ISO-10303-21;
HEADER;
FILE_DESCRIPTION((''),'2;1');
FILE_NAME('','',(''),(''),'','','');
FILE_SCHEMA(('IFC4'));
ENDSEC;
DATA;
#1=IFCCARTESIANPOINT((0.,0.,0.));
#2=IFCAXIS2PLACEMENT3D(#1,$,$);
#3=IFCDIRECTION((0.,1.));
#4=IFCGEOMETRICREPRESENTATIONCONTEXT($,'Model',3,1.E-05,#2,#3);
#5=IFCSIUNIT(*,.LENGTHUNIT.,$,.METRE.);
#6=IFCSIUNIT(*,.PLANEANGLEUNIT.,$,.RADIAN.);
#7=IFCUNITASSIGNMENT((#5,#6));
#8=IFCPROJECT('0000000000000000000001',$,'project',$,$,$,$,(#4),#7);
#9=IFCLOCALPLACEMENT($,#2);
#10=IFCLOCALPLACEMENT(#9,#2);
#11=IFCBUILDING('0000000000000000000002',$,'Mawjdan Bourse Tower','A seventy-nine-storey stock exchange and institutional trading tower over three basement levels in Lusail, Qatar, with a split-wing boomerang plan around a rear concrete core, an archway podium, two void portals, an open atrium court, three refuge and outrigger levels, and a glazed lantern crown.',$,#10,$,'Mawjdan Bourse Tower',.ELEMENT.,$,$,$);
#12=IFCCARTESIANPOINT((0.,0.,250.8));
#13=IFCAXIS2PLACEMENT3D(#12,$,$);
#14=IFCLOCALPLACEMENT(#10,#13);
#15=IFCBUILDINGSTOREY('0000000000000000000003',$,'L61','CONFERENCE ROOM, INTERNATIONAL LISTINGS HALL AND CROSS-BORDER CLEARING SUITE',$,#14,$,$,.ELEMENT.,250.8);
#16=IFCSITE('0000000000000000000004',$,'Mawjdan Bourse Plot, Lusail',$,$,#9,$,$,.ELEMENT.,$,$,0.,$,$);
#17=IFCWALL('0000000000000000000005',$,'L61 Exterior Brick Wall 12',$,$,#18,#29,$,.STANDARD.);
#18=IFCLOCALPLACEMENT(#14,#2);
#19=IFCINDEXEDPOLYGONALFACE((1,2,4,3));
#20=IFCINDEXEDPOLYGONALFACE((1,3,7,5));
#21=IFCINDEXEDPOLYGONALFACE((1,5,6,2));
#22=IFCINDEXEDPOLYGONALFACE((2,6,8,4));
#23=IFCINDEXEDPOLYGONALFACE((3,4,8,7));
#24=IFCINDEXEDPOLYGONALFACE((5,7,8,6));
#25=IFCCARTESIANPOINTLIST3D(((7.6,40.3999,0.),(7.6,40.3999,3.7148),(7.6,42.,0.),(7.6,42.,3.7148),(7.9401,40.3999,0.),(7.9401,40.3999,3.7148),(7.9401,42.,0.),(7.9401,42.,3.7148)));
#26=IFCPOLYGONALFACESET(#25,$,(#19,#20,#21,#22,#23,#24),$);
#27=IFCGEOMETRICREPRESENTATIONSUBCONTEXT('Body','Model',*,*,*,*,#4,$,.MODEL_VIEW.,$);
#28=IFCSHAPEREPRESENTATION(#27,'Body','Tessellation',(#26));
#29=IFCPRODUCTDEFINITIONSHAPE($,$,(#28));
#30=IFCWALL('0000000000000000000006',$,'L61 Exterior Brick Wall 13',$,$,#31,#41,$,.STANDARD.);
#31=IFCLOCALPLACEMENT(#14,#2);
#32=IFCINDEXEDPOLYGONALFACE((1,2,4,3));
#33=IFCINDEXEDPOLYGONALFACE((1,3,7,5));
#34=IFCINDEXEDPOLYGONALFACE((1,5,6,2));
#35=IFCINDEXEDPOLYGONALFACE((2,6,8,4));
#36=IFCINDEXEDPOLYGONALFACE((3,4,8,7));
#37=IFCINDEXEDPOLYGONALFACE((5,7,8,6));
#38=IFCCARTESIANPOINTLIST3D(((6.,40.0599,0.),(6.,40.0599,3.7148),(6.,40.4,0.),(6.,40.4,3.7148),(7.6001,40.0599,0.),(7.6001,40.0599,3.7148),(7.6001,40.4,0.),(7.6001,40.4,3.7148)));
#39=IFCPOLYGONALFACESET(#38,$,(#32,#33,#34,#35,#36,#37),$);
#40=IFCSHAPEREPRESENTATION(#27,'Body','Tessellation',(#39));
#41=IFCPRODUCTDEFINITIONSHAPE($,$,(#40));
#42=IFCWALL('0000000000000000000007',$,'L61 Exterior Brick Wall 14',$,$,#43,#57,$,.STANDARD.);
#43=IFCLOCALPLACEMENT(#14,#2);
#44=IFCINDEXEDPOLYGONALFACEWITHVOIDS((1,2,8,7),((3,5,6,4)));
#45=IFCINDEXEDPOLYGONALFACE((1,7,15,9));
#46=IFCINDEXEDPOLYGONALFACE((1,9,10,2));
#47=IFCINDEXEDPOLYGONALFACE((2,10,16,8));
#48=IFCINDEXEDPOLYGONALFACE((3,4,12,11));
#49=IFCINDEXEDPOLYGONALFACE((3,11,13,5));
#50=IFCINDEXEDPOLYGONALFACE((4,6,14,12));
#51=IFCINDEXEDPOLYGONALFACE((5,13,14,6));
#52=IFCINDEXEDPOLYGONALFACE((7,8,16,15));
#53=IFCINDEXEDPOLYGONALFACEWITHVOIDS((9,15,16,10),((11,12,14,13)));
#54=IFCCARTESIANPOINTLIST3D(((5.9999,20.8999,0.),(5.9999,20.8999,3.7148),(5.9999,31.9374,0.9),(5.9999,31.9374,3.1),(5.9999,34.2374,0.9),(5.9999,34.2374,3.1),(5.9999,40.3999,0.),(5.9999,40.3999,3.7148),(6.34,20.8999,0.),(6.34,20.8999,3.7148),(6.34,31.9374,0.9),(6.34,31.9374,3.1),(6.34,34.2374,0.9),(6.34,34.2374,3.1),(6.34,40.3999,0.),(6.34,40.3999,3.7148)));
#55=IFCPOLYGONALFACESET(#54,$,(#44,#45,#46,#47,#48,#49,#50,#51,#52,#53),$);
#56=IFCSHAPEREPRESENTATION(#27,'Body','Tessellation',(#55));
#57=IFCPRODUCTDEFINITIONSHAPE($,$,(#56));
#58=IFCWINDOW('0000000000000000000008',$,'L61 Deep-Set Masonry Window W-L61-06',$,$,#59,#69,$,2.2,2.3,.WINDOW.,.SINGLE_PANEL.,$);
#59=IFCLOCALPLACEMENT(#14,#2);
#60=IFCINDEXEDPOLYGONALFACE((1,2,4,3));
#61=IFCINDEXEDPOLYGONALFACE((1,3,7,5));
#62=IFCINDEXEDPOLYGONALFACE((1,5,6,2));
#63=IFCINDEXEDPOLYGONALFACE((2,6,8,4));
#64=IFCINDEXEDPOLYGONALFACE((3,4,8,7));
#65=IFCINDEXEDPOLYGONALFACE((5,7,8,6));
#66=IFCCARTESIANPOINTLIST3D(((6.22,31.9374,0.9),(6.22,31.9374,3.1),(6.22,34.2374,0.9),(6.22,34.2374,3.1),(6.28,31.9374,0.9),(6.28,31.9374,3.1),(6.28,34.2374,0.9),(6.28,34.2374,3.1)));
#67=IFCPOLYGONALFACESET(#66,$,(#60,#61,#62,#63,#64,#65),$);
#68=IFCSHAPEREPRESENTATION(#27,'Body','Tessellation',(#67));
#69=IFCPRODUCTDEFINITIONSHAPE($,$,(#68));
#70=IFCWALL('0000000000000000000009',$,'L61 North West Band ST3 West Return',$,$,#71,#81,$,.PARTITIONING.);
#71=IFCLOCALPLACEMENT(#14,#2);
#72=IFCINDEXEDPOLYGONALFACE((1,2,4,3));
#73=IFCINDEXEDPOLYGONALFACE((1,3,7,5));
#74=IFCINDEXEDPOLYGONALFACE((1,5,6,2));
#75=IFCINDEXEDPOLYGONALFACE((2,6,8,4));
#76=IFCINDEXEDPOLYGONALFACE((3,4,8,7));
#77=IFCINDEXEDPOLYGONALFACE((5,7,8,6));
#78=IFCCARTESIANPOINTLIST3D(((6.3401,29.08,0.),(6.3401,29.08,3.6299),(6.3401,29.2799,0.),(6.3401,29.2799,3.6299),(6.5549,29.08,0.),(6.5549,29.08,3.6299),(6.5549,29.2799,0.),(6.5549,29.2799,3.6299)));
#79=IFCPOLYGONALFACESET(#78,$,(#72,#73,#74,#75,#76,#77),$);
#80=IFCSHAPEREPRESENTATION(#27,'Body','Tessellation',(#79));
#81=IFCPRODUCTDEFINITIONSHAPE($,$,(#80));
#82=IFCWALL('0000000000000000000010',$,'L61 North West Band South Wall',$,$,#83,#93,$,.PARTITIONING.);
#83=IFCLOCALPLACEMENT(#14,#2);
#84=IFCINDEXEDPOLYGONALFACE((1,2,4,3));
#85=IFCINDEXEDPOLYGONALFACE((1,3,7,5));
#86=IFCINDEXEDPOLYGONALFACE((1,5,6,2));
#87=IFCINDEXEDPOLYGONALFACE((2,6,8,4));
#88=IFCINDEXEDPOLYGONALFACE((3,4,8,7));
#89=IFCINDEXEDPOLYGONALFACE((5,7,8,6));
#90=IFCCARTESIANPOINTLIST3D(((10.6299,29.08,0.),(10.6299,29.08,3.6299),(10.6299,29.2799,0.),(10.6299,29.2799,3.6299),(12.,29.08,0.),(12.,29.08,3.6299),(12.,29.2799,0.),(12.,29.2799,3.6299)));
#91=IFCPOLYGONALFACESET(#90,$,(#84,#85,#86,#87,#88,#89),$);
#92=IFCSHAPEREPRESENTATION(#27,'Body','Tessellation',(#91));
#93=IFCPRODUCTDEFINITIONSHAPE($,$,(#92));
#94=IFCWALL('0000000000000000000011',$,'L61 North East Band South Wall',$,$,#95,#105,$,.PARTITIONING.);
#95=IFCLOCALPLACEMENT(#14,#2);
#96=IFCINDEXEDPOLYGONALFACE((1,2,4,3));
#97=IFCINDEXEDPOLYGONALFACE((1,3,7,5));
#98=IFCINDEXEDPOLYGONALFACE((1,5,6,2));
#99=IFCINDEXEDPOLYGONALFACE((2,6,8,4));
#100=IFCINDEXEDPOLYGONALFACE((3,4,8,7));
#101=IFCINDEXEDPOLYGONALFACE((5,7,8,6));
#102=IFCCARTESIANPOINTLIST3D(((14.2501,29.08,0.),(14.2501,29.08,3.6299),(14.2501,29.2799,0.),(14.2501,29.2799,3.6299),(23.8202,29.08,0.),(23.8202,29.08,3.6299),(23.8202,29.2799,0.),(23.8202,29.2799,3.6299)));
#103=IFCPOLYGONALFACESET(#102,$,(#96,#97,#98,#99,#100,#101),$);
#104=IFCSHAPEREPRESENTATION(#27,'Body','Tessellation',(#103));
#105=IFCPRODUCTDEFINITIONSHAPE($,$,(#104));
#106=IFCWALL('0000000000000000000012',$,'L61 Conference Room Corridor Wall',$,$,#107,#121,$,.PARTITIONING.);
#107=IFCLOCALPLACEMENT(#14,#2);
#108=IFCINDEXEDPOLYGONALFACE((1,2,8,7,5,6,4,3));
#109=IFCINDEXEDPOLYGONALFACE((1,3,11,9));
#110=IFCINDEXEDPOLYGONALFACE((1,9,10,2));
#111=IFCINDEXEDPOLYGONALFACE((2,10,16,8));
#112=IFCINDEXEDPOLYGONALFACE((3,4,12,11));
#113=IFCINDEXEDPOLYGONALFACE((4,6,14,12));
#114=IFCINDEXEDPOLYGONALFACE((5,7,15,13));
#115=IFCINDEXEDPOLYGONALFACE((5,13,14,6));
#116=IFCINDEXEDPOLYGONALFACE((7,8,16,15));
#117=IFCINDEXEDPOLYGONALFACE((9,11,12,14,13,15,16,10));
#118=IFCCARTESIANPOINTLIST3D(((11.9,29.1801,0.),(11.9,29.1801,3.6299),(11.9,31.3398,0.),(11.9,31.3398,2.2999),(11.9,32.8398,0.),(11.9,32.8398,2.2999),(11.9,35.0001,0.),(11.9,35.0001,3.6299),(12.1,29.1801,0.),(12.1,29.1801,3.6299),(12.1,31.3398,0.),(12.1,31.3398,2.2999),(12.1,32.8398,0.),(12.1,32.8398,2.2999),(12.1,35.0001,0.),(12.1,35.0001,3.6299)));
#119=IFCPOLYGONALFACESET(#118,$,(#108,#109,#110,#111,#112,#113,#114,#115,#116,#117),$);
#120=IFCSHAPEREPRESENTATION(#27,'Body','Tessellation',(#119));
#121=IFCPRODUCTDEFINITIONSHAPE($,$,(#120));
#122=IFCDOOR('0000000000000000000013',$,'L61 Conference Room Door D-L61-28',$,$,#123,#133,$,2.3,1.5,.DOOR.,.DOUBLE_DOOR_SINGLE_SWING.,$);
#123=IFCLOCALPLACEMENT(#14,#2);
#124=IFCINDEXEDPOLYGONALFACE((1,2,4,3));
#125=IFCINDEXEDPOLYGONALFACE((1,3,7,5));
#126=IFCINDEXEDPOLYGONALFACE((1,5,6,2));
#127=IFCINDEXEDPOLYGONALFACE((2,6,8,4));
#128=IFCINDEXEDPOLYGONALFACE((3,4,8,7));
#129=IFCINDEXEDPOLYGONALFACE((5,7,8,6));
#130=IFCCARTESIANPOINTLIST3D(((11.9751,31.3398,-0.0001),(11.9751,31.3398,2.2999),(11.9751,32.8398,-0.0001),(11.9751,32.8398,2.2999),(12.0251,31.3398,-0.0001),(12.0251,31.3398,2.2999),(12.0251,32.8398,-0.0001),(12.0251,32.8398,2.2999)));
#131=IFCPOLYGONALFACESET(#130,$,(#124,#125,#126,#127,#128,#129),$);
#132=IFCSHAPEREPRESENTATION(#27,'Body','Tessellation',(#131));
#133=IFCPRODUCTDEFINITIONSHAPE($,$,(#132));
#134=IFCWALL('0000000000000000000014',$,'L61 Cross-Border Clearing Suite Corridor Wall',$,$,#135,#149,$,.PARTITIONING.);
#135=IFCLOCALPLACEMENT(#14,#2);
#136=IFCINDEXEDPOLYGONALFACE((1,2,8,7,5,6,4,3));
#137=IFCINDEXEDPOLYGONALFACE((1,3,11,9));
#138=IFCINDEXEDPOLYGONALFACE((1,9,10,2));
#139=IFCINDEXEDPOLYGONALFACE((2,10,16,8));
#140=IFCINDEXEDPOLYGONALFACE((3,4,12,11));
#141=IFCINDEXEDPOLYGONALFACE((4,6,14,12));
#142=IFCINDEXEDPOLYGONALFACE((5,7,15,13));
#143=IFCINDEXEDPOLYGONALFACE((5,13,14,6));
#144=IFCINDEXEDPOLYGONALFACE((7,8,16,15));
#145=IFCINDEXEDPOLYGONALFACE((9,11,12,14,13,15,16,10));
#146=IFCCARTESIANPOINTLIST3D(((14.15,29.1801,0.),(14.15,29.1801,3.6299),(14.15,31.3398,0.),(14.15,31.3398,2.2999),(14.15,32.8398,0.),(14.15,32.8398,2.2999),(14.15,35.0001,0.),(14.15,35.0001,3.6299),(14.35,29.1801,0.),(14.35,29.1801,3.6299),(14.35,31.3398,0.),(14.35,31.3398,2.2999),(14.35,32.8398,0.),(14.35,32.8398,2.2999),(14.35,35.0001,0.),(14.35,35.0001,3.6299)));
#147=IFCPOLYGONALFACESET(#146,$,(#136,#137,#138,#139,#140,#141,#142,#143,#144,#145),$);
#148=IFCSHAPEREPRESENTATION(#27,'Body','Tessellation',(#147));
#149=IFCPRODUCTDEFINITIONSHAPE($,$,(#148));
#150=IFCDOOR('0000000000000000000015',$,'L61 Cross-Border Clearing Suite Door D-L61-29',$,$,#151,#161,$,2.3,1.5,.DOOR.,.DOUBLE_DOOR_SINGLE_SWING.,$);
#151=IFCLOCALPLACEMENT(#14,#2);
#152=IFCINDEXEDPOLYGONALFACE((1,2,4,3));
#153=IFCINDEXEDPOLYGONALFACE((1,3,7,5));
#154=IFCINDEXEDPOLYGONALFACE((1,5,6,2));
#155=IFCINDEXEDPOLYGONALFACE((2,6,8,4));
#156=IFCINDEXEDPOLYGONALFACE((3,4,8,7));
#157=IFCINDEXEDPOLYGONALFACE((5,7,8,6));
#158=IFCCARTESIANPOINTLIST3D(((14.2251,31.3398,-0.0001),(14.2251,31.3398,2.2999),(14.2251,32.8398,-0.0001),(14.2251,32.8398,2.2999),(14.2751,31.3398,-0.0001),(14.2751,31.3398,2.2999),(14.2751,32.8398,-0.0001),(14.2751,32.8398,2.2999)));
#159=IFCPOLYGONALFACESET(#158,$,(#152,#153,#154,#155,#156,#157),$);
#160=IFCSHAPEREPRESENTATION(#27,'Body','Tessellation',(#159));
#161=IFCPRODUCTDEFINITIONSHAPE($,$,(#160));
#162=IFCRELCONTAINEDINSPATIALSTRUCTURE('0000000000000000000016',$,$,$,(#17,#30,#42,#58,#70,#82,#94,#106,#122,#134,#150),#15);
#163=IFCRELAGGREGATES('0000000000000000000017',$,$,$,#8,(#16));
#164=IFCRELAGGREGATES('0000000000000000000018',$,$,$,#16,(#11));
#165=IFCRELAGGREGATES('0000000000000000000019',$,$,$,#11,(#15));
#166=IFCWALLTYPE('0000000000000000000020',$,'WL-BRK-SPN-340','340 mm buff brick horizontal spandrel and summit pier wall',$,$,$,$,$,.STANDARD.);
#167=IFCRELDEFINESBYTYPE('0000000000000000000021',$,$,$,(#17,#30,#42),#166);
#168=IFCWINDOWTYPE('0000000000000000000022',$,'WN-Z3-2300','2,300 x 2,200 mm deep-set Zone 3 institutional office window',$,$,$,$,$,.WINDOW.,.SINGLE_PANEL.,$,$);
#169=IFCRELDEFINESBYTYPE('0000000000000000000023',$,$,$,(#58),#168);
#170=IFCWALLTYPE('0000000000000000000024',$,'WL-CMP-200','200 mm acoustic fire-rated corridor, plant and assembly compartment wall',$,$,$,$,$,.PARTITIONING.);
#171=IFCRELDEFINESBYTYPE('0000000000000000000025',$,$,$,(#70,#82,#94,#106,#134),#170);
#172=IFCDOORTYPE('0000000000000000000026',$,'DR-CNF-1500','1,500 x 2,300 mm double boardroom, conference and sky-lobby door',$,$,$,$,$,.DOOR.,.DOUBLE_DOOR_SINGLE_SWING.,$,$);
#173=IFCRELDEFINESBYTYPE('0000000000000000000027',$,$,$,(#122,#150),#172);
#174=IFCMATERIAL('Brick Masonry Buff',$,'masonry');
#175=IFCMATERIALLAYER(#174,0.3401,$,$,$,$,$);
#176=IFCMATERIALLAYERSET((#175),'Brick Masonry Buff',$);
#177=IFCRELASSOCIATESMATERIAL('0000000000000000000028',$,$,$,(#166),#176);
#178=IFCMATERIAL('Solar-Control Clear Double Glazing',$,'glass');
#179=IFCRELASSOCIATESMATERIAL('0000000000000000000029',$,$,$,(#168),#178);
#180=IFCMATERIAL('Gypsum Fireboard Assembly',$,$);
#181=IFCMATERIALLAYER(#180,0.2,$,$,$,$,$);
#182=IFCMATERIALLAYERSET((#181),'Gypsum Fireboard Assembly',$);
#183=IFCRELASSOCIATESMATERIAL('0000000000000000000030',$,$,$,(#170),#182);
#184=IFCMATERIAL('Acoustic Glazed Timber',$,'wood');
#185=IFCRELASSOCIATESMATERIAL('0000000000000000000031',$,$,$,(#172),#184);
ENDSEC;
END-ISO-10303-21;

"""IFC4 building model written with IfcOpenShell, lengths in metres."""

from ifc_helpers import new_model, si_unit, direction, frame, frame_2d, origin, place, context, subcontext, project, spatial, rectangle, extrude, material, layer, layer_set, type_object, element, fill, save


model = new_model("IFC4")

# Units and contexts
model_context = context("Model", 3, precision=1e-05, world=origin(), true_north=direction((0.0, 1.0)))
body_context = subcontext(model_context, "Body", "Model", "MODEL_VIEW")
ifc_project = project(units=[si_unit("LENGTHUNIT", "METRE"), si_unit("PLANEANGLEUNIT", "RADIAN")], contexts=[model_context])

# Site, building, storey
site_placement = place(None, origin())
site = spatial("IfcSite", under=ifc_project, at=site_placement, Name="Mawjdan Bourse Plot, Lusail", CompositionType="ELEMENT", RefElevation=0.0)
building_placement = place(site_placement, origin())
building = spatial("IfcBuilding", under=site, at=building_placement, Name="Mawjdan Bourse Tower", Description="A seventy-nine-storey stock exchange and institutional trading tower over three basement levels in Lusail, Qatar, with a split-wing boomerang plan around a rear concrete core, an archway podium, two void portals, an open atrium court, three refuge and outrigger levels, and a glazed lantern crown.", LongName="Mawjdan Bourse Tower", CompositionType="ELEMENT")
storey_placement = place(building_placement, frame((0.0, 0.0, 250.8)))
storey = spatial("IfcBuildingStorey", under=building, at=storey_placement, Name="L61", Description="CONFERENCE ROOM, INTERNATIONAL LISTINGS HALL AND CROSS-BORDER CLEARING SUITE", CompositionType="ELEMENT", Elevation=250.8)

# Walls
ifc_material_1 = material(Name="Brick Masonry Buff", Category="masonry")
ifc_layer_1 = layer(ifc_material_1, 0.3401)
ifc_layer_set_1 = layer_set([ifc_layer_1], Name="Brick Masonry Buff")
wall_type_1 = type_object("IfcWallType", Name="WL-BRK-SPN-340", Description="340 mm buff brick horizontal spandrel and summit pier wall", PredefinedType="STANDARD", material=ifc_layer_set_1)
for number, where, z_axis, x_axis, name in (
    (1, (7.77, 42.0, 0.0), (0.0, 0.0, 1.0), (0.0, -1.0, 0.0), "L61 Exterior Brick Wall 12"),
    (2, (7.6001, 40.23, 0.0), (0.0, 0.0, 1.0), (-1.0, 0.0, 0.0), "L61 Exterior Brick Wall 13"),
):
    element("IfcWall", number, at=place(storey_placement, frame(where, z_axis=z_axis, x_axis=x_axis)), inside=storey, type_object=wall_type_1, Name=name, PredefinedType="STANDARD", context=body_context, shape_type="SweptSolid", body=[
        extrude(rectangle(XDim=1.6001, YDim=0.3401, at=frame_2d((0.8, 0.0))), origin(), (0.0, 0.0, 1.0), 3.7148),
    ])

# Wall, opening, window
wall_1_placement = place(storey_placement, frame((6.1699, 40.3999, 0.0), z_axis=(0.0, 0.0, 1.0), x_axis=(0.0, -1.0, 0.0)))
wall_1 = element("IfcWall", 3, at=wall_1_placement, inside=storey, type_object=wall_type_1, Name="L61 Exterior Brick Wall 14", PredefinedType="STANDARD", context=body_context, shape_type="SweptSolid", body=[
    extrude(rectangle(XDim=19.5, YDim=0.3401, at=frame_2d((9.75, 0.0))), origin(), (0.0, 0.0, 1.0), 3.7148),
])
opening_1_placement = place(wall_1_placement, frame((6.1626, 0.0, 0.8999)))
opening_1 = element("IfcOpeningElement", 4, at=opening_1_placement, cuts=wall_1, PredefinedType="OPENING", context=body_context, shape_type="SweptSolid", body=[
    extrude(rectangle(XDim=2.3, YDim=2.2, at=frame_2d((1.1499, 1.1001))), frame((0.0, 0.1802, 0.0), z_axis=(0.0, -1.0, 0.0), x_axis=(1.0, 0.0, 0.0)), (0.0, 0.0, 1.0), 0.3601),
])
ifc_material_2 = material(Name="Solar-Control Clear Double Glazing", Category="glass")
window_type = type_object("IfcWindowType", Name="WN-Z3-2300", Description="2,300 x 2,200 mm deep-set Zone 3 institutional office window", PartitioningType="SINGLE_PANEL", PredefinedType="WINDOW", material=ifc_material_2)
window_placement = place(opening_1_placement, origin())
window = element("IfcWindow", 5, at=window_placement, inside=storey, type_object=window_type, Name="L61 Deep-Set Masonry Window W-L61-06", OverallHeight=2.2, OverallWidth=2.3, PartitioningType="SINGLE_PANEL", PredefinedType="WINDOW", context=body_context, shape_type="SweptSolid", body=[
    extrude(rectangle(XDim=2.3, YDim=2.2, at=frame_2d((1.1499, 1.1001))), frame((0.0, 0.1101, 0.0), z_axis=(0.0, -1.0, 0.0), x_axis=(1.0, 0.0, 0.0)), (0.0, 0.0, 1.0), 0.0601),
])
fill(opening_1, window)

# Walls
ifc_material_3 = material(Name="Gypsum Fireboard Assembly")
ifc_layer_2 = layer(ifc_material_3, 0.2)
ifc_layer_set_2 = layer_set([ifc_layer_2], Name="Gypsum Fireboard Assembly")
wall_type_2 = type_object("IfcWallType", Name="WL-CMP-200", Description="200 mm acoustic fire-rated corridor, plant and assembly compartment wall", PredefinedType="PARTITIONING", material=ifc_layer_set_2)
wall_2_placement = place(storey_placement, frame((6.3401, 29.1799, 0.0), z_axis=(0.0, 0.0, 1.0), x_axis=(1.0, 0.0, 0.0)))
element("IfcWall", 6, at=wall_2_placement, inside=storey, type_object=wall_type_2, Name="L61 North West Band ST3 West Return", PredefinedType="PARTITIONING", context=body_context, shape_type="SweptSolid", body=[
    extrude(rectangle(XDim=0.2148, YDim=0.2, at=frame_2d((0.1074, 0.0))), origin(), (0.0, 0.0, 1.0), 3.6299),
])
wall_3_placement = place(storey_placement, frame((10.6299, 29.1799, 0.0), z_axis=(0.0, 0.0, 1.0), x_axis=(1.0, 0.0, 0.0)))
element("IfcWall", 7, at=wall_3_placement, inside=storey, type_object=wall_type_2, Name="L61 North West Band South Wall", PredefinedType="PARTITIONING", context=body_context, shape_type="SweptSolid", body=[
    extrude(rectangle(XDim=1.3701, YDim=0.2, at=frame_2d((0.6851, 0.0))), origin(), (0.0, 0.0, 1.0), 3.6299),
])
wall_4_placement = place(storey_placement, frame((14.25, 29.1799, 0.0), z_axis=(0.0, 0.0, 1.0), x_axis=(1.0, 0.0, 0.0)))
element("IfcWall", 8, at=wall_4_placement, inside=storey, type_object=wall_type_2, Name="L61 North East Band South Wall", PredefinedType="PARTITIONING", context=body_context, shape_type="SweptSolid", body=[
    extrude(rectangle(XDim=9.5701, YDim=0.2, at=frame_2d((4.7852, 0.0))), origin(), (0.0, 0.0, 1.0), 3.6299),
])

# Walls, openings, doors
wall_5_placement = place(storey_placement, frame((12.0, 29.1799, 0.0), z_axis=(0.0, 0.0, 1.0), x_axis=(0.0, 1.0, 0.0)))
wall_5 = element("IfcWall", 9, at=wall_5_placement, inside=storey, type_object=wall_type_2, Name="L61 Conference Room Corridor Wall", PredefinedType="PARTITIONING", context=body_context, shape_type="SweptSolid", body=[
    extrude(rectangle(XDim=5.8201, YDim=0.2, at=frame_2d((2.9102, 0.0))), origin(), (0.0, 0.0, 1.0), 3.6299),
])
opening_2_placement = place(wall_5_placement, frame((2.1599, 0.0, 0.0)))
opening_2 = element("IfcOpeningElement", 10, at=opening_2_placement, cuts=wall_5, PredefinedType="OPENING", context=body_context, shape_type="SweptSolid", body=[
    extrude(rectangle(XDim=1.5, YDim=2.3, at=frame_2d((0.75, 1.1499))), frame((0.0, 0.1099, 0.0), z_axis=(0.0, -1.0, 0.0), x_axis=(1.0, 0.0, 0.0)), (0.0, 0.0, 1.0), 0.22),
])
ifc_material_4 = material(Name="Acoustic Glazed Timber", Category="wood")
door_type_1 = type_object("IfcDoorType", Name="DR-CNF-1500", Description="1,500 x 2,300 mm double boardroom, conference and sky-lobby door", OperationType="DOUBLE_DOOR_SINGLE_SWING", PredefinedType="DOOR", material=ifc_material_4)
door_1_placement = place(opening_2_placement, origin())
door_1 = element("IfcDoor", 11, at=door_1_placement, inside=storey, type_object=door_type_1, Name="L61 Conference Room Door D-L61-28", OperationType="DOUBLE_DOOR_SINGLE_SWING", OverallHeight=2.3, OverallWidth=1.5, PredefinedType="DOOR", context=body_context, shape_type="SweptSolid", body=[
    extrude(rectangle(XDim=1.5, YDim=2.3, at=frame_2d((0.75, 1.1499))), frame((0.0, 0.0249, 0.0), z_axis=(0.0, -1.0, 0.0), x_axis=(1.0, 0.0, 0.0)), (0.0, 0.0, 1.0), 0.05),
])
fill(opening_2, door_1)
wall_6_placement = place(storey_placement, frame((14.25, 29.1799, 0.0), z_axis=(0.0, 0.0, 1.0), x_axis=(0.0, 1.0, 0.0)))
wall_6 = element("IfcWall", 12, at=wall_6_placement, inside=storey, type_object=wall_type_2, Name="L61 Cross-Border Clearing Suite Corridor Wall", PredefinedType="PARTITIONING", context=body_context, shape_type="SweptSolid", body=[
    extrude(rectangle(XDim=5.8201, YDim=0.2, at=frame_2d((2.9102, 0.0))), origin(), (0.0, 0.0, 1.0), 3.6299),
])
opening_3_placement = place(wall_6_placement, frame((2.1599, 0.0, 0.0)))
opening_3 = element("IfcOpeningElement", 13, at=opening_3_placement, cuts=wall_6, PredefinedType="OPENING", context=body_context, shape_type="SweptSolid", body=[
    extrude(rectangle(XDim=1.5, YDim=2.3, at=frame_2d((0.75, 1.1499))), frame((0.0, 0.1099, 0.0), z_axis=(0.0, -1.0, 0.0), x_axis=(1.0, 0.0, 0.0)), (0.0, 0.0, 1.0), 0.22),
])
door_2_placement = place(opening_3_placement, origin())
door_2 = element("IfcDoor", 14, at=door_2_placement, inside=storey, type_object=door_type_1, Name="L61 Cross-Border Clearing Suite Door D-L61-29", OperationType="DOUBLE_DOOR_SINGLE_SWING", OverallHeight=2.3, OverallWidth=1.5, PredefinedType="DOOR", context=body_context, shape_type="SweptSolid", body=[
    extrude(rectangle(XDim=1.5, YDim=2.3, at=frame_2d((0.75, 1.1499))), frame((0.0, 0.0249, 0.0), z_axis=(0.0, -1.0, 0.0), x_axis=(1.0, 0.0, 0.0)), (0.0, 0.0, 1.0), 0.05),
])
fill(opening_3, door_2)

save(model, "model.ifc")
